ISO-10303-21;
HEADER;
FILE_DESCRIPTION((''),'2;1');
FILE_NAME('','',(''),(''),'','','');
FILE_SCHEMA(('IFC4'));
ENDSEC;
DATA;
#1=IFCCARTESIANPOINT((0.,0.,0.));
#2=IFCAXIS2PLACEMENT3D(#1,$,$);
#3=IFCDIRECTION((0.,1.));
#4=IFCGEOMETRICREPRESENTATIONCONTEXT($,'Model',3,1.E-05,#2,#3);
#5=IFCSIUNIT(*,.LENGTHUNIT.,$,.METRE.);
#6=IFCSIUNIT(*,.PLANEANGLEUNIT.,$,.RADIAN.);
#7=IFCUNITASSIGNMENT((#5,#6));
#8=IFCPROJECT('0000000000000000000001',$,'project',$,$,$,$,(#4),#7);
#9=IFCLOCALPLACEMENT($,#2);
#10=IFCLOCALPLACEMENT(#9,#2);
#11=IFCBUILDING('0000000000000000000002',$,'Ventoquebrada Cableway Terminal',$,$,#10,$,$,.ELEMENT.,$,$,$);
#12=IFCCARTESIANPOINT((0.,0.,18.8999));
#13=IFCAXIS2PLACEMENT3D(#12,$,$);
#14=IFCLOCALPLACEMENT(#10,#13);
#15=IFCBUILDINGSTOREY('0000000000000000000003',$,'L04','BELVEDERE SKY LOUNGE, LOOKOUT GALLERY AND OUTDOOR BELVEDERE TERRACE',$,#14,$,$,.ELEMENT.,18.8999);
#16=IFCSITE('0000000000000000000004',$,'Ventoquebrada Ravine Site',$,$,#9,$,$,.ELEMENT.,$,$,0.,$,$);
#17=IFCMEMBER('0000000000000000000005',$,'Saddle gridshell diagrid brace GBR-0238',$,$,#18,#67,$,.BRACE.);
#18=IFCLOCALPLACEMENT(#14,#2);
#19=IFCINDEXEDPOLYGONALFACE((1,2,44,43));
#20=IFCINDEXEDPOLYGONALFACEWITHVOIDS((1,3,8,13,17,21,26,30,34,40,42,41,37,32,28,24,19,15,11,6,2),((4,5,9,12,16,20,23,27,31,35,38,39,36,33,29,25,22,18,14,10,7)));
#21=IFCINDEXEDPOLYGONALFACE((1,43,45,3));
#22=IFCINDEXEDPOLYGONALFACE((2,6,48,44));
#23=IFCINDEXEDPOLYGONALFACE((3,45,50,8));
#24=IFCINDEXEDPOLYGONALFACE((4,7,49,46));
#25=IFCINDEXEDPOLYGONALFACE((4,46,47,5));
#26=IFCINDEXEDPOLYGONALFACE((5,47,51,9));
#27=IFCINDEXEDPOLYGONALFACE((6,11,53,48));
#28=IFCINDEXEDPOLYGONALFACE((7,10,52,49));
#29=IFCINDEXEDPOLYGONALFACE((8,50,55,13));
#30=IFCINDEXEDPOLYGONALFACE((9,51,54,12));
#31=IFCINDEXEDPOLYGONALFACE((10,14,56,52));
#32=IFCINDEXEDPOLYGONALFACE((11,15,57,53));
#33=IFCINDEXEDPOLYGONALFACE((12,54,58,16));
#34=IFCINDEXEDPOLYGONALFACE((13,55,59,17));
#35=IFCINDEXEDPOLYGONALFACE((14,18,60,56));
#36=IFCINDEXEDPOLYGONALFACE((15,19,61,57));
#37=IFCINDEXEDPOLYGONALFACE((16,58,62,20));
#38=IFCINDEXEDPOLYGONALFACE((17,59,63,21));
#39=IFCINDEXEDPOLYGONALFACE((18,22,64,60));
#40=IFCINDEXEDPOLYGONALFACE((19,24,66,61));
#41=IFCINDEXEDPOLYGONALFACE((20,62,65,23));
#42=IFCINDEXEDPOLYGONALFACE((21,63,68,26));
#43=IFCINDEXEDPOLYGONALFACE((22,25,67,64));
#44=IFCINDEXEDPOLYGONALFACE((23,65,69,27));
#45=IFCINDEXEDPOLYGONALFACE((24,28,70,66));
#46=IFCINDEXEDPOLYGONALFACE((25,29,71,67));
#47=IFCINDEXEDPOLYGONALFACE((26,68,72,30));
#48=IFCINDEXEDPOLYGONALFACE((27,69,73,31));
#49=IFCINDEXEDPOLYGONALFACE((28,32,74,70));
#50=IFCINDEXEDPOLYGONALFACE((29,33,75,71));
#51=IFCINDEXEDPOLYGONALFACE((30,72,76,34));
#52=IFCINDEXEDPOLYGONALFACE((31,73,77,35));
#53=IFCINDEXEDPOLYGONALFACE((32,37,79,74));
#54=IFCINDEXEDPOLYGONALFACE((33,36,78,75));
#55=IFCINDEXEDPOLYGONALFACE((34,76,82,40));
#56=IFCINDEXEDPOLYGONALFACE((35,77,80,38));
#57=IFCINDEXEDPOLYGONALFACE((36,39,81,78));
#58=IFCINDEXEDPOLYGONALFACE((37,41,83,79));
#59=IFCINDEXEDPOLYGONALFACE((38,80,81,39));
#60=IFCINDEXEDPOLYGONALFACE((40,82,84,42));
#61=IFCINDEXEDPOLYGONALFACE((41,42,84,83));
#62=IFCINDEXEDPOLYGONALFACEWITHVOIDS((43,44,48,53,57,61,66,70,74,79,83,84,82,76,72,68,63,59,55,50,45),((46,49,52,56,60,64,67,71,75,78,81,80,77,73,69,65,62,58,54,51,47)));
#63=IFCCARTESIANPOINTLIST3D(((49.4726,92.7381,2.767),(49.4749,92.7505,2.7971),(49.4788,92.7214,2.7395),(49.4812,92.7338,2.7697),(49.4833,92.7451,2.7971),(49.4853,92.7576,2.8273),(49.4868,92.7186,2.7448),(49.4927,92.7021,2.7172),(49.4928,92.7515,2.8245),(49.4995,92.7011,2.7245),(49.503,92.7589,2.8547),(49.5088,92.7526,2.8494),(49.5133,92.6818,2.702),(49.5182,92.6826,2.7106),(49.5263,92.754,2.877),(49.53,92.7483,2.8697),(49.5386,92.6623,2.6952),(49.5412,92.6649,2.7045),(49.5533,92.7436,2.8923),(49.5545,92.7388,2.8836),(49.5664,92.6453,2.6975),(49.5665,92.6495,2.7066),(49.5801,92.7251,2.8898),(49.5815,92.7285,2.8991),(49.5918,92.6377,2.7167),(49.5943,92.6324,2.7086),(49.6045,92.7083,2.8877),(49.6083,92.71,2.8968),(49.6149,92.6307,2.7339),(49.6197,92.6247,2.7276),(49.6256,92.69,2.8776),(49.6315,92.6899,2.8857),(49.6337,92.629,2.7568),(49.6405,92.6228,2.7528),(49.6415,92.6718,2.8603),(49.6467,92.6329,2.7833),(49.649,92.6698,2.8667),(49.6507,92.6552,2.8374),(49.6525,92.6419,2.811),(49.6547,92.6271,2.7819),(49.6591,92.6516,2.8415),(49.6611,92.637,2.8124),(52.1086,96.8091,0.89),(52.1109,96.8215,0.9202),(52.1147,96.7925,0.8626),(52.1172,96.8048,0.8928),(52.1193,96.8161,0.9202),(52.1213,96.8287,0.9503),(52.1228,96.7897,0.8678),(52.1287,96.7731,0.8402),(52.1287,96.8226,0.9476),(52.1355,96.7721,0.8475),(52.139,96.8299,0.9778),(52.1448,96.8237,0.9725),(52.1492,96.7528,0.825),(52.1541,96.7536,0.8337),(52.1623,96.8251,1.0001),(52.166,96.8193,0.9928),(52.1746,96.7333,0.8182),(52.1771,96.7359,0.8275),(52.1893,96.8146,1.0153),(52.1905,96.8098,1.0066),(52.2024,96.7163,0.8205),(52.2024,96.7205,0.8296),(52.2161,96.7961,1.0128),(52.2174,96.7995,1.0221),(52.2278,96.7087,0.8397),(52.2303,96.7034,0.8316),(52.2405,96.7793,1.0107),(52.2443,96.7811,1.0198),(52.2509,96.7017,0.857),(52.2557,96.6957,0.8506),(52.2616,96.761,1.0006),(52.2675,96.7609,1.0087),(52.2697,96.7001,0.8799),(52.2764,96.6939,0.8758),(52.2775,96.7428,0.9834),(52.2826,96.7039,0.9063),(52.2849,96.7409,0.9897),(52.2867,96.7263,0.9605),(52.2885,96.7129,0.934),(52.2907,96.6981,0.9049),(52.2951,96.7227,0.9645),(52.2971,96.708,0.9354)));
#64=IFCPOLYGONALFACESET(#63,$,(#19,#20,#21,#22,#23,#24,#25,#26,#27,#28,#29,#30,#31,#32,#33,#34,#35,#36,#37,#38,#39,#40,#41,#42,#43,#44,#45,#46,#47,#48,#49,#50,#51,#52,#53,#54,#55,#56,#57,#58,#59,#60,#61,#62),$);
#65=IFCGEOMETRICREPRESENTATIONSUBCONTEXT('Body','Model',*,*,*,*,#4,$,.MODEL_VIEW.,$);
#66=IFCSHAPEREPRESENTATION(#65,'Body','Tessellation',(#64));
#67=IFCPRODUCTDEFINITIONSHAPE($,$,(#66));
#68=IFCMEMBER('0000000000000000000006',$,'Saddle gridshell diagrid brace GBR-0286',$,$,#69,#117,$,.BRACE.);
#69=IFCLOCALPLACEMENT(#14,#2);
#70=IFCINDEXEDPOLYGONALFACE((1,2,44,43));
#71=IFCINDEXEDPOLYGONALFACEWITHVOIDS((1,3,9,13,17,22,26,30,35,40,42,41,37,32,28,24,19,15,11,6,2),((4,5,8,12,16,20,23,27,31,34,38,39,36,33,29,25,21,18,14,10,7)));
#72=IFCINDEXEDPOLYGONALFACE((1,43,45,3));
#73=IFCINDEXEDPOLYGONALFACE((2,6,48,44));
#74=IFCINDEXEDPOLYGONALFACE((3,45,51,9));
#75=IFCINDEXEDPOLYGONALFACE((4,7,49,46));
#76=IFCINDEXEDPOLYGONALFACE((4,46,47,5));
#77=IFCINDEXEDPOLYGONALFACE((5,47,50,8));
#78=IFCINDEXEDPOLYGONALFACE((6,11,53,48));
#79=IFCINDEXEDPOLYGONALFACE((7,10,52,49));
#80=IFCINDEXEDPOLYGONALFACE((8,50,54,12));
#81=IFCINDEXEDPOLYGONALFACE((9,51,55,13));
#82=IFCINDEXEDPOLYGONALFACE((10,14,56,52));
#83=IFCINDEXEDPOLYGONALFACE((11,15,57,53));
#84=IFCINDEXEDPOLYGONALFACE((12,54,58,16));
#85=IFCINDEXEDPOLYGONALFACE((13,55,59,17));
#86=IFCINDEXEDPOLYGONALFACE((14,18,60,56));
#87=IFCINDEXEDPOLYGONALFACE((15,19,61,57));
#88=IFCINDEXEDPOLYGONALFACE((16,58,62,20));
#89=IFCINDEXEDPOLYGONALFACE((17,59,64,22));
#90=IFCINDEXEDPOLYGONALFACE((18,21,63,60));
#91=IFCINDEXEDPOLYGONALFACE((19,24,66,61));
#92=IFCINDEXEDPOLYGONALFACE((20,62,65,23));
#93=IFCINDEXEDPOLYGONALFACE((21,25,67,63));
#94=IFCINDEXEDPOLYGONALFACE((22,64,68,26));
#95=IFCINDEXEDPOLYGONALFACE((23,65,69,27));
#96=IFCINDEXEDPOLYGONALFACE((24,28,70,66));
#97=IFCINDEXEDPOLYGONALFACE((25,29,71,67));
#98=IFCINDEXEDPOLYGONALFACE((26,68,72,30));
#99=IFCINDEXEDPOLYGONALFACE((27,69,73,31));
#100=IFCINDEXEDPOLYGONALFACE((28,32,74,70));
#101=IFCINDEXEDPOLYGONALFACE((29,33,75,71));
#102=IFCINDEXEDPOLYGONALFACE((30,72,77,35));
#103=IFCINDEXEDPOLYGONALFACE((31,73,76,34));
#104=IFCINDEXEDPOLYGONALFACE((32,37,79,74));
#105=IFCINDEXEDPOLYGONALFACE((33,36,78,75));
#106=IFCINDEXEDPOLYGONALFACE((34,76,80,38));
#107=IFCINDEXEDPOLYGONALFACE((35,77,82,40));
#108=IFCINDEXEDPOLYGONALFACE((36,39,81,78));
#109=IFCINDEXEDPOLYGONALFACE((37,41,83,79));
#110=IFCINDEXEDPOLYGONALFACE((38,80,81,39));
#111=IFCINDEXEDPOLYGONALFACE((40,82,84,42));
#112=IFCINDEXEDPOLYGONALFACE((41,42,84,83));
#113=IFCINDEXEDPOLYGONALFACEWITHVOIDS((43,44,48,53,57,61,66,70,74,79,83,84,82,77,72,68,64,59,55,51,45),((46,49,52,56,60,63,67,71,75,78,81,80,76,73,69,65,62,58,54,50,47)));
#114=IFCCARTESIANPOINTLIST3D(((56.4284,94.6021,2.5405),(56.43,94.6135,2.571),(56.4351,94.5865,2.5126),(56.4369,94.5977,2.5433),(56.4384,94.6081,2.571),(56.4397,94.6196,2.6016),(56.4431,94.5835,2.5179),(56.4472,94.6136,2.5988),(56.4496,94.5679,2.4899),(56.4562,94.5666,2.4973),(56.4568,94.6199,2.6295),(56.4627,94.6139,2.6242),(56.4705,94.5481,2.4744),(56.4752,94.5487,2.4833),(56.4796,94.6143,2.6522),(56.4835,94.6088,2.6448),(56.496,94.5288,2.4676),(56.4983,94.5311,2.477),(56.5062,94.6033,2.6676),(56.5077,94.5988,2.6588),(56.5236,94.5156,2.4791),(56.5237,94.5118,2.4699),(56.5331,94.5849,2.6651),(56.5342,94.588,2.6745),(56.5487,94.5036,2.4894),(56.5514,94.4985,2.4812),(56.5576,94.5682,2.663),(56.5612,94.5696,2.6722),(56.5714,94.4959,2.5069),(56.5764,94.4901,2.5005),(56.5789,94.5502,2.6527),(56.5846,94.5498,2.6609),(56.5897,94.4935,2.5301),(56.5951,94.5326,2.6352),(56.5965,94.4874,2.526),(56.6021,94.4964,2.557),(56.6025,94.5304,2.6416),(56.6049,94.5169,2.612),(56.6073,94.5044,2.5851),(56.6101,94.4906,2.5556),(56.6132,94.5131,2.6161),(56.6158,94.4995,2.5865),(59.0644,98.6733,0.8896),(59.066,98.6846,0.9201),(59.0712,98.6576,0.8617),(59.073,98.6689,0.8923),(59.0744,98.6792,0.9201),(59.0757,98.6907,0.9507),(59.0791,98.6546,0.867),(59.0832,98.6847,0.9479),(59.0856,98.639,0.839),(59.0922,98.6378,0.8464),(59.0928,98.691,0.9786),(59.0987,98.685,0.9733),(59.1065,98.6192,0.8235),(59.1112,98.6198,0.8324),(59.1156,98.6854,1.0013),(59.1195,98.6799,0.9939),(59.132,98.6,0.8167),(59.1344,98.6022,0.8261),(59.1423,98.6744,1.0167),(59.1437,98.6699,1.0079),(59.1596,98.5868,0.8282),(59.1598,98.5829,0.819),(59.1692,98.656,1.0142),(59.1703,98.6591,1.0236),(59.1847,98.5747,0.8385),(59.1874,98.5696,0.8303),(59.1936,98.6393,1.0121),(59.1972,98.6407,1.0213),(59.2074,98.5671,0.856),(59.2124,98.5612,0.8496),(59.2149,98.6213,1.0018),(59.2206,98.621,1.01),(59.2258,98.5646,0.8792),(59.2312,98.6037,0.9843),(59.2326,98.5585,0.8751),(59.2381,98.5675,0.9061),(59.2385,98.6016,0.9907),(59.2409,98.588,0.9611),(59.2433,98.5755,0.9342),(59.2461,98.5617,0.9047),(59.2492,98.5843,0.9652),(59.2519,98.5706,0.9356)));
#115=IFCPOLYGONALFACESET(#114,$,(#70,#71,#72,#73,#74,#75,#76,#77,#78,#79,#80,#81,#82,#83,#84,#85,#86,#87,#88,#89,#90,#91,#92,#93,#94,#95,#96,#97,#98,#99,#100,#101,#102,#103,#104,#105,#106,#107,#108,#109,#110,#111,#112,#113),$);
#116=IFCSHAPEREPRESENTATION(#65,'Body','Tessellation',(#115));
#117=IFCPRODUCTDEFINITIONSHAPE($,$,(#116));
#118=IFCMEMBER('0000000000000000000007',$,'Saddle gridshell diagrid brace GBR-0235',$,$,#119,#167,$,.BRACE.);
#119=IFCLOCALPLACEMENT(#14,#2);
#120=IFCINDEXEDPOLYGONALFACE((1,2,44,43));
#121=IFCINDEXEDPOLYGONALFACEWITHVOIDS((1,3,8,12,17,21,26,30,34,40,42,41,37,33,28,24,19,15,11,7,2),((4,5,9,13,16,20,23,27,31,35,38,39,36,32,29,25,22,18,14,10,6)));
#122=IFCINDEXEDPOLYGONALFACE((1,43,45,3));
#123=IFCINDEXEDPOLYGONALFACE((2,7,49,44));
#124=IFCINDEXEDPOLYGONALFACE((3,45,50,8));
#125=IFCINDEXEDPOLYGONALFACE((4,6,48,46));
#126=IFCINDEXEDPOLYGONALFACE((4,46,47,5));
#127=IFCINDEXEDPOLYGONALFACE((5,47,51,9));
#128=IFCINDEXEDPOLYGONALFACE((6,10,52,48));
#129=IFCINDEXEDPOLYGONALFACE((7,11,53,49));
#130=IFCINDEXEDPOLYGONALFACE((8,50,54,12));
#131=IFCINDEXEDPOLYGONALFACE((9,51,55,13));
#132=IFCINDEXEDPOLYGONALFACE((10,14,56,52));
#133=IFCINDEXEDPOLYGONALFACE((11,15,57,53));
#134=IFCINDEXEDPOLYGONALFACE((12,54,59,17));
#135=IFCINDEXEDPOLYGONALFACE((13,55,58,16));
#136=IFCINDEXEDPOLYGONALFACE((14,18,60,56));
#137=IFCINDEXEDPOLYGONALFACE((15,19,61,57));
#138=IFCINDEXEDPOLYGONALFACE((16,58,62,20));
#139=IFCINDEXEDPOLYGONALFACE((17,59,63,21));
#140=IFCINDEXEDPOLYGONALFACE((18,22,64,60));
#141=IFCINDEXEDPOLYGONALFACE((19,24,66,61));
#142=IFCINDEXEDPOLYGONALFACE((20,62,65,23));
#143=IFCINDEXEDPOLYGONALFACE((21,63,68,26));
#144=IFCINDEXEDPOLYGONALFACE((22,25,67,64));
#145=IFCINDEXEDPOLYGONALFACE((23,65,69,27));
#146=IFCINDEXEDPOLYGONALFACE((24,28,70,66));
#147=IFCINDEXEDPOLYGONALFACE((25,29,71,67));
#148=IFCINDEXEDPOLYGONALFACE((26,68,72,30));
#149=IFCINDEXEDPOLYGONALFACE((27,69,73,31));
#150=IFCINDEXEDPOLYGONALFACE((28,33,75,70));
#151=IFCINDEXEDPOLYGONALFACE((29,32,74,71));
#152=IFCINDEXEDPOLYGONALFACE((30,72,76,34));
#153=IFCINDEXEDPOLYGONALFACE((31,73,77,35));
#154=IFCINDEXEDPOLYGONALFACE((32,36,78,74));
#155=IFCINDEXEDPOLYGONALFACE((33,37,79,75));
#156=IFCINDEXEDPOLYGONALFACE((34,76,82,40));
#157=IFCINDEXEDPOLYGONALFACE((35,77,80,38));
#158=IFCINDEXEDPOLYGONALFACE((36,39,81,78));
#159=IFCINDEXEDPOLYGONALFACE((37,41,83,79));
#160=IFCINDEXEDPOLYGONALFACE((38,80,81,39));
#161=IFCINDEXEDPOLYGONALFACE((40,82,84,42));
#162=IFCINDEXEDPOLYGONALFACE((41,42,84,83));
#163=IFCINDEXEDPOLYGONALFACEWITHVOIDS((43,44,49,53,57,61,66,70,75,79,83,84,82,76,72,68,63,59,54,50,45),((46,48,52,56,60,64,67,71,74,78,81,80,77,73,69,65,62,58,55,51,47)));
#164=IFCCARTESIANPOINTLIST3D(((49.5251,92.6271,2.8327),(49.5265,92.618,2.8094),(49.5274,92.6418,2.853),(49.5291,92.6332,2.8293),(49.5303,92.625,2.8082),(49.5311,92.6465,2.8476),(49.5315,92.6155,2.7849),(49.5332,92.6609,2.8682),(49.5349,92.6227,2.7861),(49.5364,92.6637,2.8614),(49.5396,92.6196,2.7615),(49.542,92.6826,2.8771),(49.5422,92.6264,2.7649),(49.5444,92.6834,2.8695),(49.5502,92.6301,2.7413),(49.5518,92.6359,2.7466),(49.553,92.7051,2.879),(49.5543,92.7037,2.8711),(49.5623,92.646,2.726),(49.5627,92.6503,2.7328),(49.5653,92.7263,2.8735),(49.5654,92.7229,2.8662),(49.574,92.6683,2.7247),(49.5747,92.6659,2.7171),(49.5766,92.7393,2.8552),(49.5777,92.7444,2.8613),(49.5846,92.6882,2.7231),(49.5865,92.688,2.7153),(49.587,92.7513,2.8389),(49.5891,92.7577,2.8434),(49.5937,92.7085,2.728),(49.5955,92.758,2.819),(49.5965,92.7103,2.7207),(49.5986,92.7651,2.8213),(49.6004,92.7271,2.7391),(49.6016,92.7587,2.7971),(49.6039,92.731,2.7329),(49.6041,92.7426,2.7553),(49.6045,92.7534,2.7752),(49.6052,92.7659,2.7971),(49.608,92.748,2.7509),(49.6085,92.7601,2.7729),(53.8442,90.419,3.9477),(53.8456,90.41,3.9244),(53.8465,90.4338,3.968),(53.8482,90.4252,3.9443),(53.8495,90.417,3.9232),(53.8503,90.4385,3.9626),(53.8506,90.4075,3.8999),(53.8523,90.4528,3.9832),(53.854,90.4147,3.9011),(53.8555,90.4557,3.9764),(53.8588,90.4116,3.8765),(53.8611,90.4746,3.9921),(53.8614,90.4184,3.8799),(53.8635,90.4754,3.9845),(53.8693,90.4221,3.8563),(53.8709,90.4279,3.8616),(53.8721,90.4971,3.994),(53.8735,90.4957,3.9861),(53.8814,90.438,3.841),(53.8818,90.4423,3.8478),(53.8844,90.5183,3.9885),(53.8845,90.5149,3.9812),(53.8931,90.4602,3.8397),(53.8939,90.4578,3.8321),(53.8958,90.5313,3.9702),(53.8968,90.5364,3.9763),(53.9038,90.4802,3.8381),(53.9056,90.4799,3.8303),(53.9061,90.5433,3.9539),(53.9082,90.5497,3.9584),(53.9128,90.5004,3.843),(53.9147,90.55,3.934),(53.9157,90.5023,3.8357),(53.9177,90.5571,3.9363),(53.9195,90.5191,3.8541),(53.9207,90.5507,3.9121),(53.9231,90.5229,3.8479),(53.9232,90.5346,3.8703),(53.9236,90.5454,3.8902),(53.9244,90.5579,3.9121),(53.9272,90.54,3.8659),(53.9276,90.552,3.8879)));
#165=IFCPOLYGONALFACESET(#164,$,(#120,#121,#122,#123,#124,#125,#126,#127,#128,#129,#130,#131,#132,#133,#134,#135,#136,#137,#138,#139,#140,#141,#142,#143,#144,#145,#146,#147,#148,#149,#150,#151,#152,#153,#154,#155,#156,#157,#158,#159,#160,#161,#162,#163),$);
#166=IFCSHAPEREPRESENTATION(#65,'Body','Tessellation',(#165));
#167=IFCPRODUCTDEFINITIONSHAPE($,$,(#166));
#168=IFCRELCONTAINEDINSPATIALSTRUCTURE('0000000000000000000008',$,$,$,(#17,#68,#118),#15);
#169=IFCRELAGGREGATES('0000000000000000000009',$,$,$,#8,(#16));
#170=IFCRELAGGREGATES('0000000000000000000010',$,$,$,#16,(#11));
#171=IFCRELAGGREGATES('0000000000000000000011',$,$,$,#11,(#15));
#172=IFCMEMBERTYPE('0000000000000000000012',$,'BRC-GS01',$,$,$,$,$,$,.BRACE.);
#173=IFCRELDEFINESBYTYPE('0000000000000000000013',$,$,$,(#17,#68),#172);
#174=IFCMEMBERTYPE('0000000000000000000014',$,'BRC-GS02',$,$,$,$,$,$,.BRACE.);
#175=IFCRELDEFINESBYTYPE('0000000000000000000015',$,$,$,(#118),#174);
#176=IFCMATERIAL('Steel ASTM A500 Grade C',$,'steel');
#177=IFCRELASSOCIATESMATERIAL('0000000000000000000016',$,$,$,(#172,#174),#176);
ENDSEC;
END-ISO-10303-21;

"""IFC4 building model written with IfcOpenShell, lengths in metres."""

from ifc_helpers import new_model, si_unit, direction, frame, origin, origin_2d, place, context, subcontext, project, spatial, hollow_circle, extrude, material, material_profile, profile_set, type_object, element, save


model = new_model("IFC4")

# Units and contexts
model_context = context("Model", 3, precision=1e-05, world=origin(), true_north=direction((0.0, 1.0)))
body_context = subcontext(model_context, "Body", "Model", "MODEL_VIEW")
ifc_project = project(units=[si_unit("LENGTHUNIT", "METRE"), si_unit("PLANEANGLEUNIT", "RADIAN")], contexts=[model_context])

# Site, building, storey
site_placement = place(None, origin())
site = spatial("IfcSite", under=ifc_project, at=site_placement, Name="Ventoquebrada Ravine Site", CompositionType="ELEMENT", RefElevation=0.0)
building_placement = place(site_placement, origin())
building = spatial("IfcBuilding", under=site, at=building_placement, Name="Ventoquebrada Cableway Terminal", CompositionType="ELEMENT")
storey_placement = place(building_placement, frame((0.0, 0.0, 18.8999)))
storey = spatial("IfcBuildingStorey", under=building, at=storey_placement, Name="L04", Description="BELVEDERE SKY LOUNGE, LOOKOUT GALLERY AND OUTDOOR BELVEDERE TERRACE", CompositionType="ELEMENT", Elevation=18.8999)

# Members
ifc_material_1 = material(Name="Steel ASTM A500 Grade C", Category="steel")
ifc_material_profile_1 = material_profile(ifc_material_1, hollow_circle(Radius=0.1096, WallThickness=0.01, at=origin_2d()), Name="CHS219.1X10")
ifc_profile_set_1 = profile_set([ifc_material_profile_1], Name="Steel ASTM A500 Grade C")
member_type_1 = type_object("IfcMemberType", Name="BRC-GS01", PredefinedType="BRACE", material=ifc_profile_set_1)
member_1_placement = place(storey_placement, frame((49.5669, 92.6909, 2.7971), z_axis=(0.506876, 0.782824, -0.360921), x_axis=(-0.839403, 0.54351, 0.0)))
element("IfcMember", 1, at=member_1_placement, inside=storey, type_object=member_type_1, Name="Saddle gridshell diagrid brace GBR-0238", PredefinedType="BRACE", context=body_context, shape_type="SweptSolid", body=[
    extrude(hollow_circle(Radius=0.1096, WallThickness=0.01, at=origin_2d()), origin(), (0.0, 0.0, 1.0), 5.2004),
])
member_2_placement = place(storey_placement, frame((56.522, 94.554, 2.571), z_axis=(0.514519, 0.794629, -0.322236), x_axis=(-0.839403, 0.54351, 0.0)))
element("IfcMember", 2, at=member_2_placement, inside=storey, type_object=member_type_1, Name="Saddle gridshell diagrid brace GBR-0286", PredefinedType="BRACE", context=body_context, shape_type="SweptSolid", body=[
    extrude(hollow_circle(Radius=0.1096, WallThickness=0.01, at=origin_2d()), origin(), (0.0, 0.0, 1.0), 5.1233),
])
ifc_material_profile_2 = material_profile(ifc_material_1, hollow_circle(Radius=0.0842, WallThickness=0.0081, at=origin_2d()), Name="CHS168.3X8")
ifc_profile_set_2 = profile_set([ifc_material_profile_2], Name="Steel ASTM A500 Grade C")
member_type_2 = type_object("IfcMemberType", Name="BRC-GS02", PredefinedType="BRACE", material=ifc_profile_set_2)
member_3_placement = place(storey_placement, frame((49.5669, 92.6909, 2.7971), z_axis=(0.867766, -0.44362, 0.224017), x_axis=(0.455188, 0.890395, 0.0)))
element("IfcMember", 3, at=member_3_placement, inside=storey, type_object=member_type_2, Name="Saddle gridshell diagrid brace GBR-0235", PredefinedType="BRACE", context=body_context, shape_type="SweptSolid", body=[
    extrude(hollow_circle(Radius=0.0842, WallThickness=0.0081, at=origin_2d()), origin(), (0.0, 0.0, 1.0), 4.9773),
])

save(model, "model.ifc")
